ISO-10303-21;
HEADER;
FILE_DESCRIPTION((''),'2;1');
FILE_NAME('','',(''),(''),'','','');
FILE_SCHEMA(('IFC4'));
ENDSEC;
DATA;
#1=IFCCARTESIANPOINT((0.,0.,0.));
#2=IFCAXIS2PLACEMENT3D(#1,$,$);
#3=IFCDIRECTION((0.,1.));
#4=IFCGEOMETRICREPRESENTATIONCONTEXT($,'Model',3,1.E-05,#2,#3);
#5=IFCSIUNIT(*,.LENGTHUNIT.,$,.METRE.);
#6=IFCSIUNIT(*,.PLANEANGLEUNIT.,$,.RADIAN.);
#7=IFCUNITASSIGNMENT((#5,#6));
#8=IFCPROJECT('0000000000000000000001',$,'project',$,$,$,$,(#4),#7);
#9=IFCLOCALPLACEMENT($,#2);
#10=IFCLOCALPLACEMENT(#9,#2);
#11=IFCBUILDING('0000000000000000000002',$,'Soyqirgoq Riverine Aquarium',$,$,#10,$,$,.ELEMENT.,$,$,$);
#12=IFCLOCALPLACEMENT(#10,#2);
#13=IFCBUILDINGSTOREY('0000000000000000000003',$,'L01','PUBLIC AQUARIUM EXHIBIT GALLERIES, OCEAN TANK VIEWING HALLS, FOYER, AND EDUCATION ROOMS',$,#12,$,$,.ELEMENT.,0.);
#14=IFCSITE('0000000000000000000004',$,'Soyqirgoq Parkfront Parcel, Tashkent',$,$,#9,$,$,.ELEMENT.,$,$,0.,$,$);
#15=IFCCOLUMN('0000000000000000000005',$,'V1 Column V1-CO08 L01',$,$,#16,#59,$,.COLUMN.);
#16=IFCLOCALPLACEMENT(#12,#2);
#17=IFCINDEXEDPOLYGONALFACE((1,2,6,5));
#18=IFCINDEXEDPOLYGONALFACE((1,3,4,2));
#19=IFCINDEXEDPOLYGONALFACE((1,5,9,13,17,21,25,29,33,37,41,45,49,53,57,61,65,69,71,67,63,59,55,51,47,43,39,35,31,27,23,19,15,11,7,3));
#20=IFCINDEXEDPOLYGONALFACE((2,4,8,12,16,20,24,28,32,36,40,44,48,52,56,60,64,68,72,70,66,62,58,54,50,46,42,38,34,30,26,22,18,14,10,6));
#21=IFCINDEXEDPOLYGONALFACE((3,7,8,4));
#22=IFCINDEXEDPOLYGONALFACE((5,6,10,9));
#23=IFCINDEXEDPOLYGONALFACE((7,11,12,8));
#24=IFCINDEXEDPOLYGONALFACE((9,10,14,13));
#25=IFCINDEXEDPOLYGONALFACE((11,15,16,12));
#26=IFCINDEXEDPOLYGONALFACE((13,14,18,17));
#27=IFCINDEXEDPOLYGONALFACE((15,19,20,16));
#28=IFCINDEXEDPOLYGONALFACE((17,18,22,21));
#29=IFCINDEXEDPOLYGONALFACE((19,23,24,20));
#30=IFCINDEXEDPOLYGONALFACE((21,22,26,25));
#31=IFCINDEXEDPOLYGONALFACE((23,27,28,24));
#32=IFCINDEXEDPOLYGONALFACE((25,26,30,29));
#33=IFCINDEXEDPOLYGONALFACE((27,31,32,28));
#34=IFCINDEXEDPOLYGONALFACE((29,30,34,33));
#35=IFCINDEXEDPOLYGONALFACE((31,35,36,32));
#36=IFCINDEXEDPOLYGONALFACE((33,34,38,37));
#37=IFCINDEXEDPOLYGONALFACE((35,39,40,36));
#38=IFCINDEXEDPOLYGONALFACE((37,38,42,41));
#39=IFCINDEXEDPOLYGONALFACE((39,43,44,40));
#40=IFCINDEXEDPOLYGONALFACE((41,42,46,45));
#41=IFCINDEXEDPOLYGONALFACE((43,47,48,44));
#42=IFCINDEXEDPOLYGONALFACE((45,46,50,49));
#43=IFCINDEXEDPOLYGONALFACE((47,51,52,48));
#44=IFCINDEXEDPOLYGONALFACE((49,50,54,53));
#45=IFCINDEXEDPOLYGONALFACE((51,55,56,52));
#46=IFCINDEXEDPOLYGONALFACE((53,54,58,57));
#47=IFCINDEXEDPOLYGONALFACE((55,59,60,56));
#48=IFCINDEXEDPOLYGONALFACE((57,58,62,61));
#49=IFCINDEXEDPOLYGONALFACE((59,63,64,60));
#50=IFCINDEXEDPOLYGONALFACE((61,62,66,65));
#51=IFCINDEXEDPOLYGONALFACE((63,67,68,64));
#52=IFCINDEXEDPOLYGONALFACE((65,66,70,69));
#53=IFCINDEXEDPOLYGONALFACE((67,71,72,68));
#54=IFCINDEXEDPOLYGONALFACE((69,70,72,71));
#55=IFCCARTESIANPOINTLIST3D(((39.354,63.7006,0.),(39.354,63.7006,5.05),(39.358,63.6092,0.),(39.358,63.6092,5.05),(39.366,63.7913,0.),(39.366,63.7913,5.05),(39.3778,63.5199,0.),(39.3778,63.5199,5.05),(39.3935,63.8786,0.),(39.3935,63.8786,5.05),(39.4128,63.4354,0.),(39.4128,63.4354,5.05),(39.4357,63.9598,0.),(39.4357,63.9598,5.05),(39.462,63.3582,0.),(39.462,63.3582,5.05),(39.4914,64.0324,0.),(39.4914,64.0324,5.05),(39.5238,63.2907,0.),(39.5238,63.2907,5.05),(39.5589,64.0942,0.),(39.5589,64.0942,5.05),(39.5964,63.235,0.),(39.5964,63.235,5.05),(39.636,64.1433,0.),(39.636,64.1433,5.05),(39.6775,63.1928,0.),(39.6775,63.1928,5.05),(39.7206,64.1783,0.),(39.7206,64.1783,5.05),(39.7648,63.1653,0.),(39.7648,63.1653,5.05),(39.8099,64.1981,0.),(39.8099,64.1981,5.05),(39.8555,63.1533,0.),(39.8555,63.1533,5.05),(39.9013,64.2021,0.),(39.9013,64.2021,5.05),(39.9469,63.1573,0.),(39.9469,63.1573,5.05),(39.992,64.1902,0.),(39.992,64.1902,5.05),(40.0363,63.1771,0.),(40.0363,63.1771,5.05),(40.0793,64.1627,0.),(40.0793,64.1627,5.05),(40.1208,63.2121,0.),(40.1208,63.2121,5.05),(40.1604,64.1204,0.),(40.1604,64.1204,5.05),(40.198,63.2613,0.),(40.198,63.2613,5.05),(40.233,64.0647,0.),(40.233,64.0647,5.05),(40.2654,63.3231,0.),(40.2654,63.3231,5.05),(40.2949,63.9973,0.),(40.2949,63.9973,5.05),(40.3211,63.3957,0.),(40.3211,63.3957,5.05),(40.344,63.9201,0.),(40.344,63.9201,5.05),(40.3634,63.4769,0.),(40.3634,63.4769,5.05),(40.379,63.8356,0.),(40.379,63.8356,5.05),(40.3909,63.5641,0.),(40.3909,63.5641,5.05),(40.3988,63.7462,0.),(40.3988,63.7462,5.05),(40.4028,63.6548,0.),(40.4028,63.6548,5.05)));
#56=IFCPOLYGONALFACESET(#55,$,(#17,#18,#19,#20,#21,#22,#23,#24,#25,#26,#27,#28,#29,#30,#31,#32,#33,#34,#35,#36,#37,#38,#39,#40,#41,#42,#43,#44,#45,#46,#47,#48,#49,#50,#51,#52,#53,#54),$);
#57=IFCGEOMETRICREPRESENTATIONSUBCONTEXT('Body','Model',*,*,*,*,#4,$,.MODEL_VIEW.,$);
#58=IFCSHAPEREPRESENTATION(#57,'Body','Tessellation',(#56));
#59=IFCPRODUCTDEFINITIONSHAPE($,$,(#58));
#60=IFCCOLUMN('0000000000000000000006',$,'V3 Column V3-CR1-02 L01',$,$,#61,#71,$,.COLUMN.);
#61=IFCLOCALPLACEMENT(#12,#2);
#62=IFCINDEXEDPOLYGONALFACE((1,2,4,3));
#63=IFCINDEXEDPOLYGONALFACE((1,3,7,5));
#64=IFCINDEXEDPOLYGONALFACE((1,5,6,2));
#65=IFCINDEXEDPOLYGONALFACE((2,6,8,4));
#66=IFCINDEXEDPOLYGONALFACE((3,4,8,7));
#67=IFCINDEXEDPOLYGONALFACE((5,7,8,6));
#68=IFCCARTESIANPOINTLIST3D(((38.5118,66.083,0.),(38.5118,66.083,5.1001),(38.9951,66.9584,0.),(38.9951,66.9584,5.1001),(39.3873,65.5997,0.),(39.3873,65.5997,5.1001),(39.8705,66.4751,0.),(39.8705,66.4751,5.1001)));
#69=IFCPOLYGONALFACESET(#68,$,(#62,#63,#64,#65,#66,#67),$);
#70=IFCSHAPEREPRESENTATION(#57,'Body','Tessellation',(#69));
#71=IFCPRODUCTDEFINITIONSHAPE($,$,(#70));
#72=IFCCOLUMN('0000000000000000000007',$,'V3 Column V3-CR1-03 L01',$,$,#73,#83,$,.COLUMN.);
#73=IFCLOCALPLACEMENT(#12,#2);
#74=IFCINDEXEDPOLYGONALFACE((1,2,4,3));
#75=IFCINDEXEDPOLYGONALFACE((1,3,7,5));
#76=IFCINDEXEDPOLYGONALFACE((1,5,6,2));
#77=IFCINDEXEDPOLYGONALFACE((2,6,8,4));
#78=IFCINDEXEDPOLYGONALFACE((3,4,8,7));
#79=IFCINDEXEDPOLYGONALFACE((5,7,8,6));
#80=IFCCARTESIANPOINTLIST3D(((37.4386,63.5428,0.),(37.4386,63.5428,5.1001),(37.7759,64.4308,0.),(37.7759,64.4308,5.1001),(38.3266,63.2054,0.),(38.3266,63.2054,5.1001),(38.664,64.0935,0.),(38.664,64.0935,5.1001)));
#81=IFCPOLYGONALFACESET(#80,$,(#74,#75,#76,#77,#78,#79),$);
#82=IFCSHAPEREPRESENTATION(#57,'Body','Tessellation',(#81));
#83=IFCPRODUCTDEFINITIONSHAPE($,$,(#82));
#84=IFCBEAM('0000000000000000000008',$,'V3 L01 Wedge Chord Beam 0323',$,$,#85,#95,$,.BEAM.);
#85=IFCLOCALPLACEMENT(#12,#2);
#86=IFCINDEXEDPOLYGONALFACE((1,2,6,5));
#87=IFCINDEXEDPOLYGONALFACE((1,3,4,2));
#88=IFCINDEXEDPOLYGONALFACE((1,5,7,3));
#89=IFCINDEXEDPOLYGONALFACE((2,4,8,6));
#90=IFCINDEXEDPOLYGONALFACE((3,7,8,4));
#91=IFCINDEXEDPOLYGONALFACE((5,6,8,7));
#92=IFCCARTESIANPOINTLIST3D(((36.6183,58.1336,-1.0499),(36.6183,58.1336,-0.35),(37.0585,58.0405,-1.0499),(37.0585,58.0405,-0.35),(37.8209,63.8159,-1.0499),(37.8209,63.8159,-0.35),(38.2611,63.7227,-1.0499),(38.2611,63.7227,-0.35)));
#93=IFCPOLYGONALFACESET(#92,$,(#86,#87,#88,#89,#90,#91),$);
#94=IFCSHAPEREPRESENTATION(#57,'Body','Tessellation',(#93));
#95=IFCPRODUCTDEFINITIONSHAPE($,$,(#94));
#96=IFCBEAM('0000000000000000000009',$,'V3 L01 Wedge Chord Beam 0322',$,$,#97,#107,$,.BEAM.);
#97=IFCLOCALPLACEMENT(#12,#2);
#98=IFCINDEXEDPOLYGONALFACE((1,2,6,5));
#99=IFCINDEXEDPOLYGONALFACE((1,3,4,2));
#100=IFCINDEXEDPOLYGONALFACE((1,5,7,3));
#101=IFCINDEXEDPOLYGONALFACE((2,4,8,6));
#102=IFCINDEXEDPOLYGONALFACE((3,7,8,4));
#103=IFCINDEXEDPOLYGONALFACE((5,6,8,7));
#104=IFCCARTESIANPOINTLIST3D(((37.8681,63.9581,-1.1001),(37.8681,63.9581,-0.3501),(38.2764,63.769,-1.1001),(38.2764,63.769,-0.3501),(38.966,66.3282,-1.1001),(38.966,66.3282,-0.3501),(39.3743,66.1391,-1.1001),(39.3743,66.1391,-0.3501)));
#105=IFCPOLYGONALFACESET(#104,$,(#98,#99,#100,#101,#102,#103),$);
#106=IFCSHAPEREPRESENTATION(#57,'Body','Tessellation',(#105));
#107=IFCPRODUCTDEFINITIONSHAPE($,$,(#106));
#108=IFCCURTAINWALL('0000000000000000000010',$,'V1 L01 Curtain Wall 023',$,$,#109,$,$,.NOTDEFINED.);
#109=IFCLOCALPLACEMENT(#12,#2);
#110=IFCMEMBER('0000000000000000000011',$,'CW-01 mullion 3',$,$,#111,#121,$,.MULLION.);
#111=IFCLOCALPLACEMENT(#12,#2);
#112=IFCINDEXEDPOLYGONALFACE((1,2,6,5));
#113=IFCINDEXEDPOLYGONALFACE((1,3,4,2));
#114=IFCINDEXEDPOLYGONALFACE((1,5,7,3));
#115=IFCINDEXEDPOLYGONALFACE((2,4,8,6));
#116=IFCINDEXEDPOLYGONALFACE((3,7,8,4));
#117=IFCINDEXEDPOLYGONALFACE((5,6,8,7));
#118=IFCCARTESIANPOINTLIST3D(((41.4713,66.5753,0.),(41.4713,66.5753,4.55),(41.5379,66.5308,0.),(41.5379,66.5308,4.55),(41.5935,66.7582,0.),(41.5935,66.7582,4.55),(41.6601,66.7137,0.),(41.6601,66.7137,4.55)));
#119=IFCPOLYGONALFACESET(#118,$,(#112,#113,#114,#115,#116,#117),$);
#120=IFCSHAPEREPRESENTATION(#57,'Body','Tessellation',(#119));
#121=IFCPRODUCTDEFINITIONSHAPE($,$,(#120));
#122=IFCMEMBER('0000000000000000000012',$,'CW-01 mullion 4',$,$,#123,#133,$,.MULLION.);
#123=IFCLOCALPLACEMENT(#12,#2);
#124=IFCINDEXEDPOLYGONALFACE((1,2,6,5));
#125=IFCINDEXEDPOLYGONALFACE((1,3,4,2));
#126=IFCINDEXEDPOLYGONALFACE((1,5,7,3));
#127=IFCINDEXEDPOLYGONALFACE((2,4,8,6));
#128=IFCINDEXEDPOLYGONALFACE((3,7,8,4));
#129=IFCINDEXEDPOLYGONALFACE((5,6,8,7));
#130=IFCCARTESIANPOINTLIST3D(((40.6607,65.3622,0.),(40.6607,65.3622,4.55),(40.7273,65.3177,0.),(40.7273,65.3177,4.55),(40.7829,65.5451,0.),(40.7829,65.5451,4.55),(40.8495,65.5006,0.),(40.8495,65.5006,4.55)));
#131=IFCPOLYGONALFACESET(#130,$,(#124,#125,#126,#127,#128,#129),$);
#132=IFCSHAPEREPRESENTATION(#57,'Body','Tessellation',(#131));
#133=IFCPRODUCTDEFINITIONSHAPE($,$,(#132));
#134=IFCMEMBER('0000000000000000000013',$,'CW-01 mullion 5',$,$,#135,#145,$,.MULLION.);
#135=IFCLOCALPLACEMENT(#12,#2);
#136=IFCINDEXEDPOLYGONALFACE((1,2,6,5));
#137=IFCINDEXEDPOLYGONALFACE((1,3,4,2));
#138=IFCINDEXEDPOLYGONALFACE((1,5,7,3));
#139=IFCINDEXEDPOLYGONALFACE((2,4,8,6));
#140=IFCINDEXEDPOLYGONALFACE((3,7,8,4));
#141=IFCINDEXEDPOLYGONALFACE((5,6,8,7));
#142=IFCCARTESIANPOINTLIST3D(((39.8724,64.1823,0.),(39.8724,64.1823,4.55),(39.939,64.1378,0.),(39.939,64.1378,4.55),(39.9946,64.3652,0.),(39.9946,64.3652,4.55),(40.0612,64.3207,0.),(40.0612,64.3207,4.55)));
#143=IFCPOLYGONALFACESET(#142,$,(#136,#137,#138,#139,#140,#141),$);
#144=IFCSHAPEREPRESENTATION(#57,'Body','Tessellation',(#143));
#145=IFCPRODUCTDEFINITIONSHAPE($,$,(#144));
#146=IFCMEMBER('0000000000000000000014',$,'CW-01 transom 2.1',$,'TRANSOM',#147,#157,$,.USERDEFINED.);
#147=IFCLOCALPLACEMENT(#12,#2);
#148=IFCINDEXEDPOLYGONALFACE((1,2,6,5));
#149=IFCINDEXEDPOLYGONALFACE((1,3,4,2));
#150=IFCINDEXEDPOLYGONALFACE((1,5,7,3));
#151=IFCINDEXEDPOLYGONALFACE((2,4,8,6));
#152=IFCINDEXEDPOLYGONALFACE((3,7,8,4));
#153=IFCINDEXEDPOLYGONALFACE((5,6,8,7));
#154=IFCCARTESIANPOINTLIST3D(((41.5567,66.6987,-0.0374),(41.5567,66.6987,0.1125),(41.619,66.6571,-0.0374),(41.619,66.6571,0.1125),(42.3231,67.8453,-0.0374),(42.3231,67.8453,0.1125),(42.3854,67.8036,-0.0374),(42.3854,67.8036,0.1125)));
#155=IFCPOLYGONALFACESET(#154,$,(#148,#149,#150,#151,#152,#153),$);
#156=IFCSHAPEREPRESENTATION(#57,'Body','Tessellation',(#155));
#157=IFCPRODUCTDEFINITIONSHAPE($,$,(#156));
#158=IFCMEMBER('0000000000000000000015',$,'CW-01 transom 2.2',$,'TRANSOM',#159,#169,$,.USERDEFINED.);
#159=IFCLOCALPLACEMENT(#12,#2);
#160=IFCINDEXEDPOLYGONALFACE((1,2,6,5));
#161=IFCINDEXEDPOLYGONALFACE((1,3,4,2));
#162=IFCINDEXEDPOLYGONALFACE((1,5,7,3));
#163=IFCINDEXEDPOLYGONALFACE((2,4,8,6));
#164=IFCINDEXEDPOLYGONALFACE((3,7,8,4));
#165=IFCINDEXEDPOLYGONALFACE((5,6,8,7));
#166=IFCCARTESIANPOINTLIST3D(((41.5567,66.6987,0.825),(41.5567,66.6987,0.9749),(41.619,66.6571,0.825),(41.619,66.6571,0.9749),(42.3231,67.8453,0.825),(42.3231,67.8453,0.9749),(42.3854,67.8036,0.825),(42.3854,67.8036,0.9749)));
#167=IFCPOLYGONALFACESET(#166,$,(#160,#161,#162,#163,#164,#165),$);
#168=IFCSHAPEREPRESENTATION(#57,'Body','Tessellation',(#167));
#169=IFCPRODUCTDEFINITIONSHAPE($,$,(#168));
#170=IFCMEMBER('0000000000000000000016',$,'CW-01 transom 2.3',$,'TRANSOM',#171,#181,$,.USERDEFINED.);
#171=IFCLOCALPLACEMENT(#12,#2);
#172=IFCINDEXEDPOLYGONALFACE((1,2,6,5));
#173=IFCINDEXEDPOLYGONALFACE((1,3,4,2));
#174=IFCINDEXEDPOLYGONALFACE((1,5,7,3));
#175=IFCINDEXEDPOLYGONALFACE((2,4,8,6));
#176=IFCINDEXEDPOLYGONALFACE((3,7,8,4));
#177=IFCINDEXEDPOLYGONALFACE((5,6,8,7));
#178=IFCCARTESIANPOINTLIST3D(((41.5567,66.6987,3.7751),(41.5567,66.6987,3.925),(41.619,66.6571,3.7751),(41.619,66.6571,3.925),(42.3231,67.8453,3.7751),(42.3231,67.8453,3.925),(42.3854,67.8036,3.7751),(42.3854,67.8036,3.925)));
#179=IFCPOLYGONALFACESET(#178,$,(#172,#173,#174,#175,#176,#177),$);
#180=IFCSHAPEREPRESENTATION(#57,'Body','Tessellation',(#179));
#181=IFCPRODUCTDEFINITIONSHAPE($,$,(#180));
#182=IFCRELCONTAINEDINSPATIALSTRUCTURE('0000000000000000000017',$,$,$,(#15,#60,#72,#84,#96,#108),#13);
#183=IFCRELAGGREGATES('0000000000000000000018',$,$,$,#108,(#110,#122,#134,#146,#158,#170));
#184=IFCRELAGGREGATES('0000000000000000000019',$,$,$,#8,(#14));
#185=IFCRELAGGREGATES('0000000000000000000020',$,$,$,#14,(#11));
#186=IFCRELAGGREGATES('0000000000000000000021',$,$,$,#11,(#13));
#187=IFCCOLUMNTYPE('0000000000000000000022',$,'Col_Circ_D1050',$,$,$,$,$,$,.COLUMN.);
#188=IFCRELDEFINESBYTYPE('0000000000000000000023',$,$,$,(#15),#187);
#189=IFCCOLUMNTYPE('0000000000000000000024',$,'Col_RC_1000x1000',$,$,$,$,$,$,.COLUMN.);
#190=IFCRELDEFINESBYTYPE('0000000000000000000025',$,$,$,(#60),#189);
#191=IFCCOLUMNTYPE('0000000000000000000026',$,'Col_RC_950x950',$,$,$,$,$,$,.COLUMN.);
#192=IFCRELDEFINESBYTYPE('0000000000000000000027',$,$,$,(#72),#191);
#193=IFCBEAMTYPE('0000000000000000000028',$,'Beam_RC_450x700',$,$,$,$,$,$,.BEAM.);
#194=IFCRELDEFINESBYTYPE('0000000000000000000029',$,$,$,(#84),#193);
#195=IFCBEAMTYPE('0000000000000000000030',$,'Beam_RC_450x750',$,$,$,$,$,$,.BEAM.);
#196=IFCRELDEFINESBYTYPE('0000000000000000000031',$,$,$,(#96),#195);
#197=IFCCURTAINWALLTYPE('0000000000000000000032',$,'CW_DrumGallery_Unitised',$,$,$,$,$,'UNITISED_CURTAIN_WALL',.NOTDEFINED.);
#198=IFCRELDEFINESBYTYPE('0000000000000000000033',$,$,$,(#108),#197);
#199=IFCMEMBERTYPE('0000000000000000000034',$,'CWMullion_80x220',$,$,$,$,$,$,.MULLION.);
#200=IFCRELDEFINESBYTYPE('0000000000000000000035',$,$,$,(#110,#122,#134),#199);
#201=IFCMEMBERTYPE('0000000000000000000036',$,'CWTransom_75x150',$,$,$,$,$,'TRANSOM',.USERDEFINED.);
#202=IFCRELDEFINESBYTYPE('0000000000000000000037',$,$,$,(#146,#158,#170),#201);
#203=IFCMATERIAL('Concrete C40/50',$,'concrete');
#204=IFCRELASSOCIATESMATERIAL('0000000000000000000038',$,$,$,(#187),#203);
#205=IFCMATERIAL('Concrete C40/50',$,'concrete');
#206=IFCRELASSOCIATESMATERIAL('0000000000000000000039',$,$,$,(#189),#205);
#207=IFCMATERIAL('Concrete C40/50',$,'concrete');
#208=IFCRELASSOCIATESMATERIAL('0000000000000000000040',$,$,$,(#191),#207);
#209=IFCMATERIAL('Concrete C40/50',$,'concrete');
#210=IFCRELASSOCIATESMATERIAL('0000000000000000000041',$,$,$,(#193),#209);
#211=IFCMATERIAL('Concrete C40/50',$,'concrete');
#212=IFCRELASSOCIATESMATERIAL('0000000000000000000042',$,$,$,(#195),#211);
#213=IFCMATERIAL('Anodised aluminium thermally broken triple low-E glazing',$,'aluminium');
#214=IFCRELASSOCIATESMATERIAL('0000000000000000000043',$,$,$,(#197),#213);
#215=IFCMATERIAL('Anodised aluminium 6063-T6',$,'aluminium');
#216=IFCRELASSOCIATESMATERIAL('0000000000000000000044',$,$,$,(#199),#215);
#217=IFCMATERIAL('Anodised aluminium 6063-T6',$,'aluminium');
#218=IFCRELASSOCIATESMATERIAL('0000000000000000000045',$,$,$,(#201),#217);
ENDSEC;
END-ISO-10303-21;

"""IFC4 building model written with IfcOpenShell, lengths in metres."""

from ifc_helpers import new_model, si_unit, direction, frame, origin, origin_2d, place, context, subcontext, project, spatial, rectangle, circle, extrude, material, material_profile, profile_set, type_object, element, aggregate, save


model = new_model("IFC4")

# Units and contexts
model_context = context("Model", 3, precision=1e-05, world=origin(), true_north=direction((0.0, 1.0)))
body_context = subcontext(model_context, "Body", "Model", "MODEL_VIEW")
ifc_project = project(units=[si_unit("LENGTHUNIT", "METRE"), si_unit("PLANEANGLEUNIT", "RADIAN")], contexts=[model_context])

# Site, building, storey
site_placement = place(None, origin())
site = spatial("IfcSite", under=ifc_project, at=site_placement, Name="Soyqirgoq Parkfront Parcel, Tashkent", CompositionType="ELEMENT", RefElevation=0.0)
building_placement = place(site_placement, origin())
building = spatial("IfcBuilding", under=site, at=building_placement, Name="Soyqirgoq Riverine Aquarium", CompositionType="ELEMENT")
storey_placement = place(building_placement, origin())
storey = spatial("IfcBuildingStorey", under=building, at=storey_placement, Name="L01", Description="PUBLIC AQUARIUM EXHIBIT GALLERIES, OCEAN TANK VIEWING HALLS, FOYER, AND EDUCATION ROOMS", CompositionType="ELEMENT", Elevation=0.0)

# Columns
ifc_material_1 = material(Name="Concrete C40/50", Category="concrete")
ifc_material_profile_1 = material_profile(ifc_material_1, circle(Radius=0.5249, at=origin_2d()), Name="RC-COL D1050")
ifc_profile_set_1 = profile_set([ifc_material_profile_1], Name="Concrete C40/50")
column_type_1 = type_object("IfcColumnType", Name="Col_Circ_D1050", PredefinedType="COLUMN", material=ifc_profile_set_1)
column_1_placement = place(storey_placement, frame((39.8784, 63.6777, 0.0), z_axis=(0.0, 0.0, 1.0), x_axis=(-0.92388, 0.382683, 0.0)))
element("IfcColumn", 1, at=column_1_placement, inside=storey, type_object=column_type_1, Name="V1 Column V1-CO08 L01", PredefinedType="COLUMN", context=body_context, shape_type="SweptSolid", body=[
    extrude(circle(Radius=0.5249, at=origin_2d()), origin(), (0.0, 0.0, 1.0), 5.05),
])
ifc_material_2 = material(Name="Concrete C40/50", Category="concrete")
ifc_material_profile_2 = material_profile(ifc_material_2, rectangle(XDim=1.0, YDim=1.0, at=origin_2d()), Name="RC 1000x1000")
ifc_profile_set_2 = profile_set([ifc_material_profile_2], Name="Concrete C40/50")
column_type_2 = type_object("IfcColumnType", Name="Col_RC_1000x1000", PredefinedType="COLUMN", material=ifc_profile_set_2)
column_2_placement = place(storey_placement, frame((39.1912, 66.2791, 0.0), z_axis=(0.0, 0.0, 1.0), x_axis=(-0.875465, 0.483282, 0.0)))
element("IfcColumn", 2, at=column_2_placement, inside=storey, type_object=column_type_2, Name="V3 Column V3-CR1-02 L01", PredefinedType="COLUMN", context=body_context, shape_type="SweptSolid", body=[
    extrude(rectangle(XDim=1.0, YDim=1.0, at=origin_2d()), origin(), (0.0, 0.0, 1.0), 5.1001),
])
ifc_material_3 = material(Name="Concrete C40/50", Category="concrete")
ifc_material_profile_3 = material_profile(ifc_material_3, rectangle(XDim=0.95, YDim=0.95, at=origin_2d()), Name="RC 950x950")
ifc_profile_set_3 = profile_set([ifc_material_profile_3], Name="Concrete C40/50")
column_type_3 = type_object("IfcColumnType", Name="Col_RC_950x950", PredefinedType="COLUMN", material=ifc_profile_set_3)
column_3_placement = place(storey_placement, frame((38.0513, 63.8181, 0.0), z_axis=(0.0, 0.0, 1.0), x_axis=(-0.934826, 0.355107, 0.0)))
element("IfcColumn", 3, at=column_3_placement, inside=storey, type_object=column_type_3, Name="V3 Column V3-CR1-03 L01", PredefinedType="COLUMN", context=body_context, shape_type="SweptSolid", body=[
    extrude(rectangle(XDim=0.95, YDim=0.95, at=origin_2d()), origin(), (0.0, 0.0, 1.0), 5.1001),
])

# Beams
ifc_material_4 = material(Name="Concrete C40/50", Category="concrete")
ifc_material_profile_4 = material_profile(ifc_material_4, rectangle(XDim=0.45, YDim=0.7, at=origin_2d()), Name="RC 450x700")
ifc_profile_set_4 = profile_set([ifc_material_profile_4], Name="Concrete C40/50")
beam_type_1 = type_object("IfcBeamType", Name="Beam_RC_450x700", PredefinedType="BEAM", material=ifc_profile_set_4)
beam_1_placement = place(storey_placement, frame((38.041, 63.7693, -0.7), z_axis=(-0.207065, -0.978327, 0.0), x_axis=(0.978327, -0.207065, 0.0)))
element("IfcBeam", 4, at=beam_1_placement, inside=storey, type_object=beam_type_1, Name="V3 L01 Wedge Chord Beam 0323", PredefinedType="BEAM", context=body_context, shape_type="SweptSolid", body=[
    extrude(rectangle(XDim=0.45, YDim=0.7, at=origin_2d()), origin(), (0.0, 0.0, 1.0), 5.8081),
])
ifc_material_5 = material(Name="Concrete C40/50", Category="concrete")
ifc_material_profile_5 = material_profile(ifc_material_5, rectangle(XDim=0.45, YDim=0.75, at=origin_2d()), Name="RC 450x750")
ifc_profile_set_5 = profile_set([ifc_material_profile_5], Name="Concrete C40/50")
beam_type_2 = type_object("IfcBeamType", Name="Beam_RC_450x750", PredefinedType="BEAM", material=ifc_profile_set_5)
beam_2_placement = place(storey_placement, frame((39.1702, 66.2336, -0.7251), z_axis=(-0.42032, -0.907376, 0.0), x_axis=(0.907376, -0.42032, 0.0)))
element("IfcBeam", 5, at=beam_2_placement, inside=storey, type_object=beam_type_2, Name="V3 L01 Wedge Chord Beam 0322", PredefinedType="BEAM", context=body_context, shape_type="SweptSolid", body=[
    extrude(rectangle(XDim=0.45, YDim=0.75, at=origin_2d()), origin(), (0.0, 0.0, 1.0), 2.6121),
])

# Curtain wall, members
ifc_material_6 = material(Name="Anodised aluminium thermally broken triple low-E glazing", Category="aluminium")
curtain_wall_type = type_object("IfcCurtainWallType", Name="CW_DrumGallery_Unitised", ElementType="UNITISED_CURTAIN_WALL", PredefinedType="NOTDEFINED", material=ifc_material_6)
curtain_wall_placement = place(storey_placement, origin())
curtain_wall = element("IfcCurtainWall", 6, at=curtain_wall_placement, inside=storey, type_object=curtain_wall_type, Name="V1 L01 Curtain Wall 023", PredefinedType="NOTDEFINED")
ifc_material_7 = material(Name="Anodised aluminium 6063-T6", Category="aluminium")
ifc_material_profile_6 = material_profile(ifc_material_7, rectangle(XDim=0.0801, YDim=0.22, at=origin_2d()), Name="ALU-M 80x220")
ifc_profile_set_6 = profile_set([ifc_material_profile_6], Name="Anodised aluminium 6063-T6")
member_type_1 = type_object("IfcMemberType", Name="CWMullion_80x220", PredefinedType="MULLION", material=ifc_profile_set_6)
member_1_placement = place(storey_placement, frame((41.5657, 66.6445, 0.0), z_axis=(0.0, 0.0, 1.0), x_axis=(0.831467, -0.555574, 0.0)))
member_1 = element("IfcMember", 7, at=member_1_placement, type_object=member_type_1, Name="CW-01 mullion 3", PredefinedType="MULLION", context=body_context, shape_type="SweptSolid", body=[
    extrude(rectangle(XDim=0.0801, YDim=0.22, at=origin_2d()), origin(), (0.0, 0.0, 1.0), 4.55),
])
member_2_placement = place(storey_placement, frame((40.7551, 65.4314, 0.0), z_axis=(0.0, 0.0, 1.0), x_axis=(0.831467, -0.555574, 0.0)))
member_2 = element("IfcMember", 8, at=member_2_placement, type_object=member_type_1, Name="CW-01 mullion 4", PredefinedType="MULLION", context=body_context, shape_type="SweptSolid", body=[
    extrude(rectangle(XDim=0.0801, YDim=0.22, at=origin_2d()), origin(), (0.0, 0.0, 1.0), 4.55),
])
member_3_placement = place(storey_placement, frame((39.9668, 64.2515, 0.0), z_axis=(0.0, 0.0, 1.0), x_axis=(0.831467, -0.555574, 0.0)))
member_3 = element("IfcMember", 9, at=member_3_placement, type_object=member_type_1, Name="CW-01 mullion 5", PredefinedType="MULLION", context=body_context, shape_type="SweptSolid", body=[
    extrude(rectangle(XDim=0.0801, YDim=0.22, at=origin_2d()), origin(), (0.0, 0.0, 1.0), 4.55),
])
ifc_material_8 = material(Name="Anodised aluminium 6063-T6", Category="aluminium")
ifc_material_profile_7 = material_profile(ifc_material_8, rectangle(XDim=0.075, YDim=0.1499, at=origin_2d()), Name="ALU-T 75x150")
ifc_profile_set_7 = profile_set([ifc_material_profile_7], Name="Anodised aluminium 6063-T6")
member_type_2 = type_object("IfcMemberType", Name="CWTransom_75x150", ElementType="TRANSOM", PredefinedType="USERDEFINED", material=ifc_profile_set_7)
member_4_placement = place(storey_placement, frame((42.3542, 67.8245, 0.0376), z_axis=(-0.555721, -0.831369, 0.0), x_axis=(0.831369, -0.555721, 0.0)))
member_4 = element("IfcMember", 10, at=member_4_placement, type_object=member_type_2, Name="CW-01 transom 2.1", ObjectType="TRANSOM", PredefinedType="USERDEFINED", context=body_context, shape_type="SweptSolid", body=[
    extrude(rectangle(XDim=0.075, YDim=0.1499, at=origin_2d()), origin(), (0.0, 0.0, 1.0), 1.3792),
])
member_5_placement = place(storey_placement, frame((42.3542, 67.8245, 0.8999), z_axis=(-0.555721, -0.831369, 0.0), x_axis=(0.831369, -0.555721, 0.0)))
member_5 = element("IfcMember", 11, at=member_5_placement, type_object=member_type_2, Name="CW-01 transom 2.2", ObjectType="TRANSOM", PredefinedType="USERDEFINED", context=body_context, shape_type="SweptSolid", body=[
    extrude(rectangle(XDim=0.075, YDim=0.1499, at=origin_2d()), origin(), (0.0, 0.0, 1.0), 1.3792),
])
member_6_placement = place(storey_placement, frame((42.3542, 67.8245, 3.8501), z_axis=(-0.555721, -0.831369, 0.0), x_axis=(0.831369, -0.555721, 0.0)))
member_6 = element("IfcMember", 12, at=member_6_placement, type_object=member_type_2, Name="CW-01 transom 2.3", ObjectType="TRANSOM", PredefinedType="USERDEFINED", context=body_context, shape_type="SweptSolid", body=[
    extrude(rectangle(XDim=0.075, YDim=0.1499, at=origin_2d()), origin(), (0.0, 0.0, 1.0), 1.3792),
])

aggregate(curtain_wall, [member_1, member_2, member_3, member_4, member_5, member_6])

save(model, "model.ifc")
